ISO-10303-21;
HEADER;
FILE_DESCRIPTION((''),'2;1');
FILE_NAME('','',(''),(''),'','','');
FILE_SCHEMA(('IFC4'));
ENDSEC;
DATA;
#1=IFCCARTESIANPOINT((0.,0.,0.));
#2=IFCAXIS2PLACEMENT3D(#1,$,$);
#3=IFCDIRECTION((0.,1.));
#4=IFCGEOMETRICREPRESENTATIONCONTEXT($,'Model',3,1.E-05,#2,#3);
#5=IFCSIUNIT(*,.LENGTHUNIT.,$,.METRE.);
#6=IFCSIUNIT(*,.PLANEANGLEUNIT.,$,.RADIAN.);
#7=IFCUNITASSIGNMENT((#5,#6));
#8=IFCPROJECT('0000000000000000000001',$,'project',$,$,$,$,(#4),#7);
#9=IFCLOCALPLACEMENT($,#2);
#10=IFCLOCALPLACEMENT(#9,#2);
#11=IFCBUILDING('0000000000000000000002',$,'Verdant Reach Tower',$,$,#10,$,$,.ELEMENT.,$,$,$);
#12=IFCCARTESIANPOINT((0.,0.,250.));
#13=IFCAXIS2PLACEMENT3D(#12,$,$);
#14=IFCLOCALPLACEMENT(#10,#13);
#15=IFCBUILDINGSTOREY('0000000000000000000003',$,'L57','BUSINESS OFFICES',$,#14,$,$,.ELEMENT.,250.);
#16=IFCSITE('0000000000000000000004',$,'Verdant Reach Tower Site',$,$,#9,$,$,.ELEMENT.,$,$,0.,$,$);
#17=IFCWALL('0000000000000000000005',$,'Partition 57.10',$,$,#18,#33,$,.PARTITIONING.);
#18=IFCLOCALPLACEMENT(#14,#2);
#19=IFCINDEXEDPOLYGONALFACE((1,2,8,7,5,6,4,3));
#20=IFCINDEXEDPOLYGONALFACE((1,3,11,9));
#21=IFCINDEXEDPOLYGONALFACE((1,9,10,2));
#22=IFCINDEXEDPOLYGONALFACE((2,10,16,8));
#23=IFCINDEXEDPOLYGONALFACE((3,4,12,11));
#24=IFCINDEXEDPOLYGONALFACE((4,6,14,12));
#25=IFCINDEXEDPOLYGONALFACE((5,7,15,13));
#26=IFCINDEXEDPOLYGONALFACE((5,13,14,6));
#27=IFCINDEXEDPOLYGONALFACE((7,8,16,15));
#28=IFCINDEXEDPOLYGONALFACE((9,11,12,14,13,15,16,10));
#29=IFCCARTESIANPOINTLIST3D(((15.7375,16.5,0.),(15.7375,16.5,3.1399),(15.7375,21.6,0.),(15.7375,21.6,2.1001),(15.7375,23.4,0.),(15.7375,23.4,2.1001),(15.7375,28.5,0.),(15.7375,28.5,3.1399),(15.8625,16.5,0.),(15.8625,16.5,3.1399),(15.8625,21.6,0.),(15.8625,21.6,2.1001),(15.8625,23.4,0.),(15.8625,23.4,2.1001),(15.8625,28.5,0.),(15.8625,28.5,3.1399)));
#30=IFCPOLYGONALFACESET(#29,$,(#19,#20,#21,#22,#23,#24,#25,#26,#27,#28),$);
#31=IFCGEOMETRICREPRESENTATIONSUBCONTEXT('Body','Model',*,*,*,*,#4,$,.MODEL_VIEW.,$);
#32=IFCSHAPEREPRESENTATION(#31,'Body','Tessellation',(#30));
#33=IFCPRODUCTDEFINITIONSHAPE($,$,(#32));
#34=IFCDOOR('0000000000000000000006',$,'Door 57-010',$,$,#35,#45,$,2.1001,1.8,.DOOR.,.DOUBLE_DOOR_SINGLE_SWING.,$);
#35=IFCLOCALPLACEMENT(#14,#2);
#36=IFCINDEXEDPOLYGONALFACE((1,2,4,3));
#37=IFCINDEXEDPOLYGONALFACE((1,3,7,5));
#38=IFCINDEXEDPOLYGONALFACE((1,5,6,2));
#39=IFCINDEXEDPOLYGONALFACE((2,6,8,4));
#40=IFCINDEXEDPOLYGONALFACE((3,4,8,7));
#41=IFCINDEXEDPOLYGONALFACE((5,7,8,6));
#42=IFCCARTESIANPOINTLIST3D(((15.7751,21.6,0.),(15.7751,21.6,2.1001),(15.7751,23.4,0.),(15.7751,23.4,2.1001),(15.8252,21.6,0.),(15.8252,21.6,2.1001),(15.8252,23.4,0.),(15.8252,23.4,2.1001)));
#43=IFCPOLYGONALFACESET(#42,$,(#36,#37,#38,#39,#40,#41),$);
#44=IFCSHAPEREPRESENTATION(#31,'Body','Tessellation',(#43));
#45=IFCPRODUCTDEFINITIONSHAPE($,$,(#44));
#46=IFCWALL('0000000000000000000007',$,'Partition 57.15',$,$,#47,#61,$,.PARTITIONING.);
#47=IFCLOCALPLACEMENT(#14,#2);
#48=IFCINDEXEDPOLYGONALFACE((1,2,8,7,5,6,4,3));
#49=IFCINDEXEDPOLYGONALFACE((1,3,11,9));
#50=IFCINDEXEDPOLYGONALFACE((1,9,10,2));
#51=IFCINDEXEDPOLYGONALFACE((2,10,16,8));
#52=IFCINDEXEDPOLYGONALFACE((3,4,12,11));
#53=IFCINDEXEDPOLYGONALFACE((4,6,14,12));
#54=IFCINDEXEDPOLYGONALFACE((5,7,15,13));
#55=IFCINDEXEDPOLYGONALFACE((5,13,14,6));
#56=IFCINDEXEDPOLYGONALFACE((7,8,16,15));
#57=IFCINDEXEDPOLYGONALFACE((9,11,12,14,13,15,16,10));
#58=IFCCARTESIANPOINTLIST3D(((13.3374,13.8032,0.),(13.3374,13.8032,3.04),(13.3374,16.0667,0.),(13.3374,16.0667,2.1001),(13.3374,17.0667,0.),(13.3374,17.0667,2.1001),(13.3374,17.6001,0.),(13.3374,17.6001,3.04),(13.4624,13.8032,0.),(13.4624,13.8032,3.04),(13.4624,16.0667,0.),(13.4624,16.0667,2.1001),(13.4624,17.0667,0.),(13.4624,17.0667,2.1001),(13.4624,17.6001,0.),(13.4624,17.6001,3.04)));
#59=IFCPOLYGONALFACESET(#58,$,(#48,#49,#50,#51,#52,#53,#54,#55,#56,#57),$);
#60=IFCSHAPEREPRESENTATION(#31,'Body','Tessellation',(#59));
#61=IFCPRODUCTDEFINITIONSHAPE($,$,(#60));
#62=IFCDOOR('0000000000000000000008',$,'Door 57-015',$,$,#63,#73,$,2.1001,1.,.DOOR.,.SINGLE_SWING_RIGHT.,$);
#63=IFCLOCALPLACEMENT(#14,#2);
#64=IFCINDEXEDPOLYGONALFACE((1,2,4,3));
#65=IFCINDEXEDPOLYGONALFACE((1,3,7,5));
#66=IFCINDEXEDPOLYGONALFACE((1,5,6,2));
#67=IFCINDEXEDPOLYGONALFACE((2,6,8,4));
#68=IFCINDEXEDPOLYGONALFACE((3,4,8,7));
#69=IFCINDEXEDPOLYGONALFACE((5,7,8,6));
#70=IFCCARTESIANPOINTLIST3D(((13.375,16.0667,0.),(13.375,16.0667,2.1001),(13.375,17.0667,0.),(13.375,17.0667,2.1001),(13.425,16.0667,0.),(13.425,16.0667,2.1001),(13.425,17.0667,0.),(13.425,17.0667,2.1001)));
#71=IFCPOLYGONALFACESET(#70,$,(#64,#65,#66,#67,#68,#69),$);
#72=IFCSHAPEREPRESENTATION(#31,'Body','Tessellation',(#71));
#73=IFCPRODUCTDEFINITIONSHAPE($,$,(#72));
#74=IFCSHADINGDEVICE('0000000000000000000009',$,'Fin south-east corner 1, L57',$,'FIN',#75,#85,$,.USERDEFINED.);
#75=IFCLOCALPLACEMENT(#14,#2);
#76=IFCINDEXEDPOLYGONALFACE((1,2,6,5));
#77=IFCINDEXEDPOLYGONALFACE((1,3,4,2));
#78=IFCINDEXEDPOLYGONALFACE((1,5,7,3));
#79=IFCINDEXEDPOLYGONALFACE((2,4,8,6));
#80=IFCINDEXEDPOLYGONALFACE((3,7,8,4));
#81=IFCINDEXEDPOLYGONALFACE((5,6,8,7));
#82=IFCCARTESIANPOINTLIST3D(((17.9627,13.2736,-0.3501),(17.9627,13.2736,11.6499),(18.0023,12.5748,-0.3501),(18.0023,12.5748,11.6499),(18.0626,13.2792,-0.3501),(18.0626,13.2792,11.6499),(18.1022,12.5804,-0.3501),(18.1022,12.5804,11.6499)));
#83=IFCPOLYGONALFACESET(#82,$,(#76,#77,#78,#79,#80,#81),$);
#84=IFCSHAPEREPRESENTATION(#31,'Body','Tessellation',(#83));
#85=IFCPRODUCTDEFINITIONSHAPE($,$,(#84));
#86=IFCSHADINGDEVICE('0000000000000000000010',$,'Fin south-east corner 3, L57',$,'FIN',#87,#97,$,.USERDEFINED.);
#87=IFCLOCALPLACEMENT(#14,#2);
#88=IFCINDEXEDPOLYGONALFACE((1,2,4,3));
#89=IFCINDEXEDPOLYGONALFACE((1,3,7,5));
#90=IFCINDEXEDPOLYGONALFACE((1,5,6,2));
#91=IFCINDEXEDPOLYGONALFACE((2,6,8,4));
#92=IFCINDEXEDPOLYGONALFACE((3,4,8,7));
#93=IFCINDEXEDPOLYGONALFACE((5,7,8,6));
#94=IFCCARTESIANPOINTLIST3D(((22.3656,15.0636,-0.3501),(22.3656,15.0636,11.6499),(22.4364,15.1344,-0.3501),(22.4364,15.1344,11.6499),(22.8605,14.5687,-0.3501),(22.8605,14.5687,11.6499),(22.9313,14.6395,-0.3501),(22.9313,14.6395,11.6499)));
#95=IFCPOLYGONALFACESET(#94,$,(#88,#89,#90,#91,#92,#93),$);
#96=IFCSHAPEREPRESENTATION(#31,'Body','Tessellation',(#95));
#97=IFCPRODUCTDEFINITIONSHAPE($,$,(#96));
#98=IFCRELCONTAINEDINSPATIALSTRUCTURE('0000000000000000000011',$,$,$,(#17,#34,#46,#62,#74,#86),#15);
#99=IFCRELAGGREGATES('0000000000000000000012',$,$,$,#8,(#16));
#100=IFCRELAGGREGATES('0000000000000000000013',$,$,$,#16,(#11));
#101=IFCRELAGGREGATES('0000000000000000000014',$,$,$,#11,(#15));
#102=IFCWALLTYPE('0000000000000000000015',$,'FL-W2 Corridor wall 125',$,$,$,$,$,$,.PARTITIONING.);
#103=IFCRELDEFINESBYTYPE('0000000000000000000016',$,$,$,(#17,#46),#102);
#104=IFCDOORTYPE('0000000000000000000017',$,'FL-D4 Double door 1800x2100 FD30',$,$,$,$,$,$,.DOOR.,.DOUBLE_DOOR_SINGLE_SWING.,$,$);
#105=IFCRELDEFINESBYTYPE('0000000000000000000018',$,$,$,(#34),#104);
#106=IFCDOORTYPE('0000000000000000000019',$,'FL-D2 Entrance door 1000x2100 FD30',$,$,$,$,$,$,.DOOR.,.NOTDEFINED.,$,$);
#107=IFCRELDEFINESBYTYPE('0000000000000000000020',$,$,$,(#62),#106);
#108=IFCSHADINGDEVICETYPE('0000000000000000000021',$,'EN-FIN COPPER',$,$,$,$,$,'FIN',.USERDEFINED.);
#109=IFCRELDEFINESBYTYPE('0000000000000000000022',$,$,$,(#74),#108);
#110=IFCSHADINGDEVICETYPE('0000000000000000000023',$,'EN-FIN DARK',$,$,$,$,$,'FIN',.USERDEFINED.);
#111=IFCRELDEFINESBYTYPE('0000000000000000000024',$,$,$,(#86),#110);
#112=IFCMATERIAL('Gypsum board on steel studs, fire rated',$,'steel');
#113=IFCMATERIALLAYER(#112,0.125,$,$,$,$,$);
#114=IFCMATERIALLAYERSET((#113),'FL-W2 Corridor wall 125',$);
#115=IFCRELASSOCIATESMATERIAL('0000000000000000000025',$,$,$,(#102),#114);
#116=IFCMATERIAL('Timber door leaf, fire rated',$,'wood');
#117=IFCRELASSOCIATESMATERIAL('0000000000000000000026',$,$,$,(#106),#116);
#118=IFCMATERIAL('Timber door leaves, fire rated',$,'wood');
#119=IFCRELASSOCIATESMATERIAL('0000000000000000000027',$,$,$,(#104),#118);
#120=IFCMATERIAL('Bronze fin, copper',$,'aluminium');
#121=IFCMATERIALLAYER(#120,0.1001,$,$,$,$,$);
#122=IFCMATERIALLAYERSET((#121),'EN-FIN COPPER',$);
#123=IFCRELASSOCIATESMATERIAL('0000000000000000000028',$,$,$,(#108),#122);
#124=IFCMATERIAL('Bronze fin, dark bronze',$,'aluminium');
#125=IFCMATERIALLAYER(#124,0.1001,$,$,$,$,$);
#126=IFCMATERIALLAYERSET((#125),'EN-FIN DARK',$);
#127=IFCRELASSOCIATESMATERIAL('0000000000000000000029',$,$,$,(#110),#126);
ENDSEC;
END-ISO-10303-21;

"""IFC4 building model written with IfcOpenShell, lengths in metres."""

from ifc_helpers import new_model, si_unit, direction, frame, frame_2d, origin, origin_2d, place, context, subcontext, project, spatial, rectangle, extrude, material, layer, layer_set, type_object, element, fill, save


model = new_model("IFC4")

# Units and contexts
model_context = context("Model", 3, precision=1e-05, world=origin(), true_north=direction((0.0, 1.0)))
body_context = subcontext(model_context, "Body", "Model", "MODEL_VIEW")
ifc_project = project(units=[si_unit("LENGTHUNIT", "METRE"), si_unit("PLANEANGLEUNIT", "RADIAN")], contexts=[model_context])

# Site, building, storey
site_placement = place(None, origin())
site = spatial("IfcSite", under=ifc_project, at=site_placement, Name="Verdant Reach Tower Site", CompositionType="ELEMENT", RefElevation=0.0)
building_placement = place(site_placement, origin())
building = spatial("IfcBuilding", under=site, at=building_placement, Name="Verdant Reach Tower", CompositionType="ELEMENT")
storey_placement = place(building_placement, frame((0.0, 0.0, 250.0)))
storey = spatial("IfcBuildingStorey", under=building, at=storey_placement, Name="L57", Description="BUSINESS OFFICES", CompositionType="ELEMENT", Elevation=250.0)

# Walls, openings, doors
ifc_material_1 = material(Name="Gypsum board on steel studs, fire rated", Category="steel")
ifc_layer_1 = layer(ifc_material_1, 0.125)
ifc_layer_set_1 = layer_set([ifc_layer_1], Name="FL-W2 Corridor wall 125")
wall_type_1 = type_object("IfcWallType", Name="FL-W2 Corridor wall 125", PredefinedType="PARTITIONING", material=ifc_layer_set_1)
ifc_material_2 = material(Name="Timber door leaf, fire rated", Category="wood")
door_type_1 = type_object("IfcDoorType", Name="FL-D2 Entrance door 1000x2100 FD30", OperationType="NOTDEFINED", PredefinedType="DOOR", material=ifc_material_2)
wall_1_placement = place(storey_placement, frame((15.8, 16.5, 0.0), z_axis=(0.0, 0.0, 1.0), x_axis=(0.0, 1.0, 0.0)))
wall_1 = element("IfcWall", 1, at=wall_1_placement, inside=storey, type_object=wall_type_1, Name="Partition 57.10", PredefinedType="PARTITIONING", context=body_context, shape_type="SweptSolid", body=[
    extrude(rectangle(XDim=12.0, YDim=0.125, at=frame_2d((6.0, 0.0))), origin(), (0.0, 0.0, 1.0), 3.1399),
])
opening_1_placement = place(wall_1_placement, frame((5.1001, 0.0, 0.0)))
opening_1 = element("IfcOpeningElement", 2, at=opening_1_placement, cuts=wall_1, PredefinedType="OPENING", context=body_context, shape_type="SweptSolid", body=[
    extrude(rectangle(XDim=1.8, YDim=2.1001, at=frame_2d((0.8999, 1.05))), frame((0.0, 0.0725, 0.0), z_axis=(0.0, -1.0, 0.0), x_axis=(1.0, 0.0, 0.0)), (0.0, 0.0, 1.0), 0.145),
])
ifc_material_3 = material(Name="Timber door leaves, fire rated", Category="wood")
door_type_2 = type_object("IfcDoorType", Name="FL-D4 Double door 1800x2100 FD30", OperationType="DOUBLE_DOOR_SINGLE_SWING", PredefinedType="DOOR", material=ifc_material_3)
door_1_placement = place(opening_1_placement, origin())
door_1 = element("IfcDoor", 3, at=door_1_placement, inside=storey, type_object=door_type_2, Name="Door 57-010", OperationType="DOUBLE_DOOR_SINGLE_SWING", OverallHeight=2.1001, OverallWidth=1.8, PredefinedType="DOOR", context=body_context, shape_type="SweptSolid", body=[
    extrude(rectangle(XDim=1.8, YDim=2.1001, at=frame_2d((0.8999, 1.05))), frame((0.0, 0.0249, 0.0), z_axis=(0.0, -1.0, 0.0), x_axis=(1.0, 0.0, 0.0)), (0.0, 0.0, 1.0), 0.05),
])
fill(opening_1, door_1)
wall_2_placement = place(storey_placement, frame((13.3999, 13.8032, 0.0), z_axis=(0.0, 0.0, 1.0), x_axis=(0.0, 1.0, 0.0)))
wall_2 = element("IfcWall", 4, at=wall_2_placement, inside=storey, type_object=wall_type_1, Name="Partition 57.15", PredefinedType="PARTITIONING", context=body_context, shape_type="SweptSolid", body=[
    extrude(rectangle(XDim=3.7969, YDim=0.125, at=frame_2d((1.8984, 0.0))), origin(), (0.0, 0.0, 1.0), 3.04),
])
opening_2_placement = place(wall_2_placement, frame((2.2634, 0.0, 0.0)))
opening_2 = element("IfcOpeningElement", 5, at=opening_2_placement, cuts=wall_2, PredefinedType="OPENING", context=body_context, shape_type="SweptSolid", body=[
    extrude(rectangle(XDim=1.0, YDim=2.1001, at=frame_2d((0.5, 1.05))), frame((0.0, 0.0725, 0.0), z_axis=(0.0, -1.0, 0.0), x_axis=(1.0, 0.0, 0.0)), (0.0, 0.0, 1.0), 0.145),
])
door_2_placement = place(opening_2_placement, origin())
door_2 = element("IfcDoor", 6, at=door_2_placement, inside=storey, type_object=door_type_1, Name="Door 57-015", OperationType="SINGLE_SWING_RIGHT", OverallHeight=2.1001, OverallWidth=1.0, PredefinedType="DOOR", context=body_context, shape_type="SweptSolid", body=[
    extrude(rectangle(XDim=1.0, YDim=2.1001, at=frame_2d((0.5, 1.05))), frame((0.0, 0.0249, 0.0), z_axis=(0.0, -1.0, 0.0), x_axis=(1.0, 0.0, 0.0)), (0.0, 0.0, 1.0), 0.05),
])
fill(opening_2, door_2)

# Shading devices
ifc_material_4 = material(Name="Bronze fin, copper", Category="aluminium")
ifc_layer_2 = layer(ifc_material_4, 0.1001)
ifc_layer_set_2 = layer_set([ifc_layer_2], Name="EN-FIN COPPER")
shading_device_type_1 = type_object("IfcShadingDeviceType", Name="EN-FIN COPPER", ElementType="FIN", PredefinedType="USERDEFINED", material=ifc_layer_set_2)
shading_device_1_placement = place(storey_placement, frame((18.0325, 12.927, -0.3501), z_axis=(0.0, 0.0, 1.0), x_axis=(0.998399, 0.056569, 0.0)))
element("IfcShadingDevice", 7, at=shading_device_1_placement, inside=storey, type_object=shading_device_type_1, Name="Fin south-east corner 1, L57", ObjectType="FIN", PredefinedType="USERDEFINED", context=body_context, shape_type="SweptSolid", body=[
    extrude(rectangle(XDim=0.1001, YDim=0.7, at=origin_2d()), origin(), (0.0, 0.0, 1.0), 12.0),
])
ifc_material_5 = material(Name="Bronze fin, dark bronze", Category="aluminium")
ifc_layer_3 = layer(ifc_material_5, 0.1001)
ifc_layer_set_3 = layer_set([ifc_layer_3], Name="EN-FIN DARK")
shading_device_type_2 = type_object("IfcShadingDeviceType", Name="EN-FIN DARK", ElementType="FIN", PredefinedType="USERDEFINED", material=ifc_layer_set_3)
shading_device_2_placement = place(storey_placement, frame((22.6484, 14.8516, -0.3501), z_axis=(0.0, 0.0, 1.0), x_axis=(0.707107, 0.707107, 0.0)))
element("IfcShadingDevice", 8, at=shading_device_2_placement, inside=storey, type_object=shading_device_type_2, Name="Fin south-east corner 3, L57", ObjectType="FIN", PredefinedType="USERDEFINED", context=body_context, shape_type="SweptSolid", body=[
    extrude(rectangle(XDim=0.1001, YDim=0.7, at=origin_2d()), origin(), (0.0, 0.0, 1.0), 12.0),
])

save(model, "model.ifc")
